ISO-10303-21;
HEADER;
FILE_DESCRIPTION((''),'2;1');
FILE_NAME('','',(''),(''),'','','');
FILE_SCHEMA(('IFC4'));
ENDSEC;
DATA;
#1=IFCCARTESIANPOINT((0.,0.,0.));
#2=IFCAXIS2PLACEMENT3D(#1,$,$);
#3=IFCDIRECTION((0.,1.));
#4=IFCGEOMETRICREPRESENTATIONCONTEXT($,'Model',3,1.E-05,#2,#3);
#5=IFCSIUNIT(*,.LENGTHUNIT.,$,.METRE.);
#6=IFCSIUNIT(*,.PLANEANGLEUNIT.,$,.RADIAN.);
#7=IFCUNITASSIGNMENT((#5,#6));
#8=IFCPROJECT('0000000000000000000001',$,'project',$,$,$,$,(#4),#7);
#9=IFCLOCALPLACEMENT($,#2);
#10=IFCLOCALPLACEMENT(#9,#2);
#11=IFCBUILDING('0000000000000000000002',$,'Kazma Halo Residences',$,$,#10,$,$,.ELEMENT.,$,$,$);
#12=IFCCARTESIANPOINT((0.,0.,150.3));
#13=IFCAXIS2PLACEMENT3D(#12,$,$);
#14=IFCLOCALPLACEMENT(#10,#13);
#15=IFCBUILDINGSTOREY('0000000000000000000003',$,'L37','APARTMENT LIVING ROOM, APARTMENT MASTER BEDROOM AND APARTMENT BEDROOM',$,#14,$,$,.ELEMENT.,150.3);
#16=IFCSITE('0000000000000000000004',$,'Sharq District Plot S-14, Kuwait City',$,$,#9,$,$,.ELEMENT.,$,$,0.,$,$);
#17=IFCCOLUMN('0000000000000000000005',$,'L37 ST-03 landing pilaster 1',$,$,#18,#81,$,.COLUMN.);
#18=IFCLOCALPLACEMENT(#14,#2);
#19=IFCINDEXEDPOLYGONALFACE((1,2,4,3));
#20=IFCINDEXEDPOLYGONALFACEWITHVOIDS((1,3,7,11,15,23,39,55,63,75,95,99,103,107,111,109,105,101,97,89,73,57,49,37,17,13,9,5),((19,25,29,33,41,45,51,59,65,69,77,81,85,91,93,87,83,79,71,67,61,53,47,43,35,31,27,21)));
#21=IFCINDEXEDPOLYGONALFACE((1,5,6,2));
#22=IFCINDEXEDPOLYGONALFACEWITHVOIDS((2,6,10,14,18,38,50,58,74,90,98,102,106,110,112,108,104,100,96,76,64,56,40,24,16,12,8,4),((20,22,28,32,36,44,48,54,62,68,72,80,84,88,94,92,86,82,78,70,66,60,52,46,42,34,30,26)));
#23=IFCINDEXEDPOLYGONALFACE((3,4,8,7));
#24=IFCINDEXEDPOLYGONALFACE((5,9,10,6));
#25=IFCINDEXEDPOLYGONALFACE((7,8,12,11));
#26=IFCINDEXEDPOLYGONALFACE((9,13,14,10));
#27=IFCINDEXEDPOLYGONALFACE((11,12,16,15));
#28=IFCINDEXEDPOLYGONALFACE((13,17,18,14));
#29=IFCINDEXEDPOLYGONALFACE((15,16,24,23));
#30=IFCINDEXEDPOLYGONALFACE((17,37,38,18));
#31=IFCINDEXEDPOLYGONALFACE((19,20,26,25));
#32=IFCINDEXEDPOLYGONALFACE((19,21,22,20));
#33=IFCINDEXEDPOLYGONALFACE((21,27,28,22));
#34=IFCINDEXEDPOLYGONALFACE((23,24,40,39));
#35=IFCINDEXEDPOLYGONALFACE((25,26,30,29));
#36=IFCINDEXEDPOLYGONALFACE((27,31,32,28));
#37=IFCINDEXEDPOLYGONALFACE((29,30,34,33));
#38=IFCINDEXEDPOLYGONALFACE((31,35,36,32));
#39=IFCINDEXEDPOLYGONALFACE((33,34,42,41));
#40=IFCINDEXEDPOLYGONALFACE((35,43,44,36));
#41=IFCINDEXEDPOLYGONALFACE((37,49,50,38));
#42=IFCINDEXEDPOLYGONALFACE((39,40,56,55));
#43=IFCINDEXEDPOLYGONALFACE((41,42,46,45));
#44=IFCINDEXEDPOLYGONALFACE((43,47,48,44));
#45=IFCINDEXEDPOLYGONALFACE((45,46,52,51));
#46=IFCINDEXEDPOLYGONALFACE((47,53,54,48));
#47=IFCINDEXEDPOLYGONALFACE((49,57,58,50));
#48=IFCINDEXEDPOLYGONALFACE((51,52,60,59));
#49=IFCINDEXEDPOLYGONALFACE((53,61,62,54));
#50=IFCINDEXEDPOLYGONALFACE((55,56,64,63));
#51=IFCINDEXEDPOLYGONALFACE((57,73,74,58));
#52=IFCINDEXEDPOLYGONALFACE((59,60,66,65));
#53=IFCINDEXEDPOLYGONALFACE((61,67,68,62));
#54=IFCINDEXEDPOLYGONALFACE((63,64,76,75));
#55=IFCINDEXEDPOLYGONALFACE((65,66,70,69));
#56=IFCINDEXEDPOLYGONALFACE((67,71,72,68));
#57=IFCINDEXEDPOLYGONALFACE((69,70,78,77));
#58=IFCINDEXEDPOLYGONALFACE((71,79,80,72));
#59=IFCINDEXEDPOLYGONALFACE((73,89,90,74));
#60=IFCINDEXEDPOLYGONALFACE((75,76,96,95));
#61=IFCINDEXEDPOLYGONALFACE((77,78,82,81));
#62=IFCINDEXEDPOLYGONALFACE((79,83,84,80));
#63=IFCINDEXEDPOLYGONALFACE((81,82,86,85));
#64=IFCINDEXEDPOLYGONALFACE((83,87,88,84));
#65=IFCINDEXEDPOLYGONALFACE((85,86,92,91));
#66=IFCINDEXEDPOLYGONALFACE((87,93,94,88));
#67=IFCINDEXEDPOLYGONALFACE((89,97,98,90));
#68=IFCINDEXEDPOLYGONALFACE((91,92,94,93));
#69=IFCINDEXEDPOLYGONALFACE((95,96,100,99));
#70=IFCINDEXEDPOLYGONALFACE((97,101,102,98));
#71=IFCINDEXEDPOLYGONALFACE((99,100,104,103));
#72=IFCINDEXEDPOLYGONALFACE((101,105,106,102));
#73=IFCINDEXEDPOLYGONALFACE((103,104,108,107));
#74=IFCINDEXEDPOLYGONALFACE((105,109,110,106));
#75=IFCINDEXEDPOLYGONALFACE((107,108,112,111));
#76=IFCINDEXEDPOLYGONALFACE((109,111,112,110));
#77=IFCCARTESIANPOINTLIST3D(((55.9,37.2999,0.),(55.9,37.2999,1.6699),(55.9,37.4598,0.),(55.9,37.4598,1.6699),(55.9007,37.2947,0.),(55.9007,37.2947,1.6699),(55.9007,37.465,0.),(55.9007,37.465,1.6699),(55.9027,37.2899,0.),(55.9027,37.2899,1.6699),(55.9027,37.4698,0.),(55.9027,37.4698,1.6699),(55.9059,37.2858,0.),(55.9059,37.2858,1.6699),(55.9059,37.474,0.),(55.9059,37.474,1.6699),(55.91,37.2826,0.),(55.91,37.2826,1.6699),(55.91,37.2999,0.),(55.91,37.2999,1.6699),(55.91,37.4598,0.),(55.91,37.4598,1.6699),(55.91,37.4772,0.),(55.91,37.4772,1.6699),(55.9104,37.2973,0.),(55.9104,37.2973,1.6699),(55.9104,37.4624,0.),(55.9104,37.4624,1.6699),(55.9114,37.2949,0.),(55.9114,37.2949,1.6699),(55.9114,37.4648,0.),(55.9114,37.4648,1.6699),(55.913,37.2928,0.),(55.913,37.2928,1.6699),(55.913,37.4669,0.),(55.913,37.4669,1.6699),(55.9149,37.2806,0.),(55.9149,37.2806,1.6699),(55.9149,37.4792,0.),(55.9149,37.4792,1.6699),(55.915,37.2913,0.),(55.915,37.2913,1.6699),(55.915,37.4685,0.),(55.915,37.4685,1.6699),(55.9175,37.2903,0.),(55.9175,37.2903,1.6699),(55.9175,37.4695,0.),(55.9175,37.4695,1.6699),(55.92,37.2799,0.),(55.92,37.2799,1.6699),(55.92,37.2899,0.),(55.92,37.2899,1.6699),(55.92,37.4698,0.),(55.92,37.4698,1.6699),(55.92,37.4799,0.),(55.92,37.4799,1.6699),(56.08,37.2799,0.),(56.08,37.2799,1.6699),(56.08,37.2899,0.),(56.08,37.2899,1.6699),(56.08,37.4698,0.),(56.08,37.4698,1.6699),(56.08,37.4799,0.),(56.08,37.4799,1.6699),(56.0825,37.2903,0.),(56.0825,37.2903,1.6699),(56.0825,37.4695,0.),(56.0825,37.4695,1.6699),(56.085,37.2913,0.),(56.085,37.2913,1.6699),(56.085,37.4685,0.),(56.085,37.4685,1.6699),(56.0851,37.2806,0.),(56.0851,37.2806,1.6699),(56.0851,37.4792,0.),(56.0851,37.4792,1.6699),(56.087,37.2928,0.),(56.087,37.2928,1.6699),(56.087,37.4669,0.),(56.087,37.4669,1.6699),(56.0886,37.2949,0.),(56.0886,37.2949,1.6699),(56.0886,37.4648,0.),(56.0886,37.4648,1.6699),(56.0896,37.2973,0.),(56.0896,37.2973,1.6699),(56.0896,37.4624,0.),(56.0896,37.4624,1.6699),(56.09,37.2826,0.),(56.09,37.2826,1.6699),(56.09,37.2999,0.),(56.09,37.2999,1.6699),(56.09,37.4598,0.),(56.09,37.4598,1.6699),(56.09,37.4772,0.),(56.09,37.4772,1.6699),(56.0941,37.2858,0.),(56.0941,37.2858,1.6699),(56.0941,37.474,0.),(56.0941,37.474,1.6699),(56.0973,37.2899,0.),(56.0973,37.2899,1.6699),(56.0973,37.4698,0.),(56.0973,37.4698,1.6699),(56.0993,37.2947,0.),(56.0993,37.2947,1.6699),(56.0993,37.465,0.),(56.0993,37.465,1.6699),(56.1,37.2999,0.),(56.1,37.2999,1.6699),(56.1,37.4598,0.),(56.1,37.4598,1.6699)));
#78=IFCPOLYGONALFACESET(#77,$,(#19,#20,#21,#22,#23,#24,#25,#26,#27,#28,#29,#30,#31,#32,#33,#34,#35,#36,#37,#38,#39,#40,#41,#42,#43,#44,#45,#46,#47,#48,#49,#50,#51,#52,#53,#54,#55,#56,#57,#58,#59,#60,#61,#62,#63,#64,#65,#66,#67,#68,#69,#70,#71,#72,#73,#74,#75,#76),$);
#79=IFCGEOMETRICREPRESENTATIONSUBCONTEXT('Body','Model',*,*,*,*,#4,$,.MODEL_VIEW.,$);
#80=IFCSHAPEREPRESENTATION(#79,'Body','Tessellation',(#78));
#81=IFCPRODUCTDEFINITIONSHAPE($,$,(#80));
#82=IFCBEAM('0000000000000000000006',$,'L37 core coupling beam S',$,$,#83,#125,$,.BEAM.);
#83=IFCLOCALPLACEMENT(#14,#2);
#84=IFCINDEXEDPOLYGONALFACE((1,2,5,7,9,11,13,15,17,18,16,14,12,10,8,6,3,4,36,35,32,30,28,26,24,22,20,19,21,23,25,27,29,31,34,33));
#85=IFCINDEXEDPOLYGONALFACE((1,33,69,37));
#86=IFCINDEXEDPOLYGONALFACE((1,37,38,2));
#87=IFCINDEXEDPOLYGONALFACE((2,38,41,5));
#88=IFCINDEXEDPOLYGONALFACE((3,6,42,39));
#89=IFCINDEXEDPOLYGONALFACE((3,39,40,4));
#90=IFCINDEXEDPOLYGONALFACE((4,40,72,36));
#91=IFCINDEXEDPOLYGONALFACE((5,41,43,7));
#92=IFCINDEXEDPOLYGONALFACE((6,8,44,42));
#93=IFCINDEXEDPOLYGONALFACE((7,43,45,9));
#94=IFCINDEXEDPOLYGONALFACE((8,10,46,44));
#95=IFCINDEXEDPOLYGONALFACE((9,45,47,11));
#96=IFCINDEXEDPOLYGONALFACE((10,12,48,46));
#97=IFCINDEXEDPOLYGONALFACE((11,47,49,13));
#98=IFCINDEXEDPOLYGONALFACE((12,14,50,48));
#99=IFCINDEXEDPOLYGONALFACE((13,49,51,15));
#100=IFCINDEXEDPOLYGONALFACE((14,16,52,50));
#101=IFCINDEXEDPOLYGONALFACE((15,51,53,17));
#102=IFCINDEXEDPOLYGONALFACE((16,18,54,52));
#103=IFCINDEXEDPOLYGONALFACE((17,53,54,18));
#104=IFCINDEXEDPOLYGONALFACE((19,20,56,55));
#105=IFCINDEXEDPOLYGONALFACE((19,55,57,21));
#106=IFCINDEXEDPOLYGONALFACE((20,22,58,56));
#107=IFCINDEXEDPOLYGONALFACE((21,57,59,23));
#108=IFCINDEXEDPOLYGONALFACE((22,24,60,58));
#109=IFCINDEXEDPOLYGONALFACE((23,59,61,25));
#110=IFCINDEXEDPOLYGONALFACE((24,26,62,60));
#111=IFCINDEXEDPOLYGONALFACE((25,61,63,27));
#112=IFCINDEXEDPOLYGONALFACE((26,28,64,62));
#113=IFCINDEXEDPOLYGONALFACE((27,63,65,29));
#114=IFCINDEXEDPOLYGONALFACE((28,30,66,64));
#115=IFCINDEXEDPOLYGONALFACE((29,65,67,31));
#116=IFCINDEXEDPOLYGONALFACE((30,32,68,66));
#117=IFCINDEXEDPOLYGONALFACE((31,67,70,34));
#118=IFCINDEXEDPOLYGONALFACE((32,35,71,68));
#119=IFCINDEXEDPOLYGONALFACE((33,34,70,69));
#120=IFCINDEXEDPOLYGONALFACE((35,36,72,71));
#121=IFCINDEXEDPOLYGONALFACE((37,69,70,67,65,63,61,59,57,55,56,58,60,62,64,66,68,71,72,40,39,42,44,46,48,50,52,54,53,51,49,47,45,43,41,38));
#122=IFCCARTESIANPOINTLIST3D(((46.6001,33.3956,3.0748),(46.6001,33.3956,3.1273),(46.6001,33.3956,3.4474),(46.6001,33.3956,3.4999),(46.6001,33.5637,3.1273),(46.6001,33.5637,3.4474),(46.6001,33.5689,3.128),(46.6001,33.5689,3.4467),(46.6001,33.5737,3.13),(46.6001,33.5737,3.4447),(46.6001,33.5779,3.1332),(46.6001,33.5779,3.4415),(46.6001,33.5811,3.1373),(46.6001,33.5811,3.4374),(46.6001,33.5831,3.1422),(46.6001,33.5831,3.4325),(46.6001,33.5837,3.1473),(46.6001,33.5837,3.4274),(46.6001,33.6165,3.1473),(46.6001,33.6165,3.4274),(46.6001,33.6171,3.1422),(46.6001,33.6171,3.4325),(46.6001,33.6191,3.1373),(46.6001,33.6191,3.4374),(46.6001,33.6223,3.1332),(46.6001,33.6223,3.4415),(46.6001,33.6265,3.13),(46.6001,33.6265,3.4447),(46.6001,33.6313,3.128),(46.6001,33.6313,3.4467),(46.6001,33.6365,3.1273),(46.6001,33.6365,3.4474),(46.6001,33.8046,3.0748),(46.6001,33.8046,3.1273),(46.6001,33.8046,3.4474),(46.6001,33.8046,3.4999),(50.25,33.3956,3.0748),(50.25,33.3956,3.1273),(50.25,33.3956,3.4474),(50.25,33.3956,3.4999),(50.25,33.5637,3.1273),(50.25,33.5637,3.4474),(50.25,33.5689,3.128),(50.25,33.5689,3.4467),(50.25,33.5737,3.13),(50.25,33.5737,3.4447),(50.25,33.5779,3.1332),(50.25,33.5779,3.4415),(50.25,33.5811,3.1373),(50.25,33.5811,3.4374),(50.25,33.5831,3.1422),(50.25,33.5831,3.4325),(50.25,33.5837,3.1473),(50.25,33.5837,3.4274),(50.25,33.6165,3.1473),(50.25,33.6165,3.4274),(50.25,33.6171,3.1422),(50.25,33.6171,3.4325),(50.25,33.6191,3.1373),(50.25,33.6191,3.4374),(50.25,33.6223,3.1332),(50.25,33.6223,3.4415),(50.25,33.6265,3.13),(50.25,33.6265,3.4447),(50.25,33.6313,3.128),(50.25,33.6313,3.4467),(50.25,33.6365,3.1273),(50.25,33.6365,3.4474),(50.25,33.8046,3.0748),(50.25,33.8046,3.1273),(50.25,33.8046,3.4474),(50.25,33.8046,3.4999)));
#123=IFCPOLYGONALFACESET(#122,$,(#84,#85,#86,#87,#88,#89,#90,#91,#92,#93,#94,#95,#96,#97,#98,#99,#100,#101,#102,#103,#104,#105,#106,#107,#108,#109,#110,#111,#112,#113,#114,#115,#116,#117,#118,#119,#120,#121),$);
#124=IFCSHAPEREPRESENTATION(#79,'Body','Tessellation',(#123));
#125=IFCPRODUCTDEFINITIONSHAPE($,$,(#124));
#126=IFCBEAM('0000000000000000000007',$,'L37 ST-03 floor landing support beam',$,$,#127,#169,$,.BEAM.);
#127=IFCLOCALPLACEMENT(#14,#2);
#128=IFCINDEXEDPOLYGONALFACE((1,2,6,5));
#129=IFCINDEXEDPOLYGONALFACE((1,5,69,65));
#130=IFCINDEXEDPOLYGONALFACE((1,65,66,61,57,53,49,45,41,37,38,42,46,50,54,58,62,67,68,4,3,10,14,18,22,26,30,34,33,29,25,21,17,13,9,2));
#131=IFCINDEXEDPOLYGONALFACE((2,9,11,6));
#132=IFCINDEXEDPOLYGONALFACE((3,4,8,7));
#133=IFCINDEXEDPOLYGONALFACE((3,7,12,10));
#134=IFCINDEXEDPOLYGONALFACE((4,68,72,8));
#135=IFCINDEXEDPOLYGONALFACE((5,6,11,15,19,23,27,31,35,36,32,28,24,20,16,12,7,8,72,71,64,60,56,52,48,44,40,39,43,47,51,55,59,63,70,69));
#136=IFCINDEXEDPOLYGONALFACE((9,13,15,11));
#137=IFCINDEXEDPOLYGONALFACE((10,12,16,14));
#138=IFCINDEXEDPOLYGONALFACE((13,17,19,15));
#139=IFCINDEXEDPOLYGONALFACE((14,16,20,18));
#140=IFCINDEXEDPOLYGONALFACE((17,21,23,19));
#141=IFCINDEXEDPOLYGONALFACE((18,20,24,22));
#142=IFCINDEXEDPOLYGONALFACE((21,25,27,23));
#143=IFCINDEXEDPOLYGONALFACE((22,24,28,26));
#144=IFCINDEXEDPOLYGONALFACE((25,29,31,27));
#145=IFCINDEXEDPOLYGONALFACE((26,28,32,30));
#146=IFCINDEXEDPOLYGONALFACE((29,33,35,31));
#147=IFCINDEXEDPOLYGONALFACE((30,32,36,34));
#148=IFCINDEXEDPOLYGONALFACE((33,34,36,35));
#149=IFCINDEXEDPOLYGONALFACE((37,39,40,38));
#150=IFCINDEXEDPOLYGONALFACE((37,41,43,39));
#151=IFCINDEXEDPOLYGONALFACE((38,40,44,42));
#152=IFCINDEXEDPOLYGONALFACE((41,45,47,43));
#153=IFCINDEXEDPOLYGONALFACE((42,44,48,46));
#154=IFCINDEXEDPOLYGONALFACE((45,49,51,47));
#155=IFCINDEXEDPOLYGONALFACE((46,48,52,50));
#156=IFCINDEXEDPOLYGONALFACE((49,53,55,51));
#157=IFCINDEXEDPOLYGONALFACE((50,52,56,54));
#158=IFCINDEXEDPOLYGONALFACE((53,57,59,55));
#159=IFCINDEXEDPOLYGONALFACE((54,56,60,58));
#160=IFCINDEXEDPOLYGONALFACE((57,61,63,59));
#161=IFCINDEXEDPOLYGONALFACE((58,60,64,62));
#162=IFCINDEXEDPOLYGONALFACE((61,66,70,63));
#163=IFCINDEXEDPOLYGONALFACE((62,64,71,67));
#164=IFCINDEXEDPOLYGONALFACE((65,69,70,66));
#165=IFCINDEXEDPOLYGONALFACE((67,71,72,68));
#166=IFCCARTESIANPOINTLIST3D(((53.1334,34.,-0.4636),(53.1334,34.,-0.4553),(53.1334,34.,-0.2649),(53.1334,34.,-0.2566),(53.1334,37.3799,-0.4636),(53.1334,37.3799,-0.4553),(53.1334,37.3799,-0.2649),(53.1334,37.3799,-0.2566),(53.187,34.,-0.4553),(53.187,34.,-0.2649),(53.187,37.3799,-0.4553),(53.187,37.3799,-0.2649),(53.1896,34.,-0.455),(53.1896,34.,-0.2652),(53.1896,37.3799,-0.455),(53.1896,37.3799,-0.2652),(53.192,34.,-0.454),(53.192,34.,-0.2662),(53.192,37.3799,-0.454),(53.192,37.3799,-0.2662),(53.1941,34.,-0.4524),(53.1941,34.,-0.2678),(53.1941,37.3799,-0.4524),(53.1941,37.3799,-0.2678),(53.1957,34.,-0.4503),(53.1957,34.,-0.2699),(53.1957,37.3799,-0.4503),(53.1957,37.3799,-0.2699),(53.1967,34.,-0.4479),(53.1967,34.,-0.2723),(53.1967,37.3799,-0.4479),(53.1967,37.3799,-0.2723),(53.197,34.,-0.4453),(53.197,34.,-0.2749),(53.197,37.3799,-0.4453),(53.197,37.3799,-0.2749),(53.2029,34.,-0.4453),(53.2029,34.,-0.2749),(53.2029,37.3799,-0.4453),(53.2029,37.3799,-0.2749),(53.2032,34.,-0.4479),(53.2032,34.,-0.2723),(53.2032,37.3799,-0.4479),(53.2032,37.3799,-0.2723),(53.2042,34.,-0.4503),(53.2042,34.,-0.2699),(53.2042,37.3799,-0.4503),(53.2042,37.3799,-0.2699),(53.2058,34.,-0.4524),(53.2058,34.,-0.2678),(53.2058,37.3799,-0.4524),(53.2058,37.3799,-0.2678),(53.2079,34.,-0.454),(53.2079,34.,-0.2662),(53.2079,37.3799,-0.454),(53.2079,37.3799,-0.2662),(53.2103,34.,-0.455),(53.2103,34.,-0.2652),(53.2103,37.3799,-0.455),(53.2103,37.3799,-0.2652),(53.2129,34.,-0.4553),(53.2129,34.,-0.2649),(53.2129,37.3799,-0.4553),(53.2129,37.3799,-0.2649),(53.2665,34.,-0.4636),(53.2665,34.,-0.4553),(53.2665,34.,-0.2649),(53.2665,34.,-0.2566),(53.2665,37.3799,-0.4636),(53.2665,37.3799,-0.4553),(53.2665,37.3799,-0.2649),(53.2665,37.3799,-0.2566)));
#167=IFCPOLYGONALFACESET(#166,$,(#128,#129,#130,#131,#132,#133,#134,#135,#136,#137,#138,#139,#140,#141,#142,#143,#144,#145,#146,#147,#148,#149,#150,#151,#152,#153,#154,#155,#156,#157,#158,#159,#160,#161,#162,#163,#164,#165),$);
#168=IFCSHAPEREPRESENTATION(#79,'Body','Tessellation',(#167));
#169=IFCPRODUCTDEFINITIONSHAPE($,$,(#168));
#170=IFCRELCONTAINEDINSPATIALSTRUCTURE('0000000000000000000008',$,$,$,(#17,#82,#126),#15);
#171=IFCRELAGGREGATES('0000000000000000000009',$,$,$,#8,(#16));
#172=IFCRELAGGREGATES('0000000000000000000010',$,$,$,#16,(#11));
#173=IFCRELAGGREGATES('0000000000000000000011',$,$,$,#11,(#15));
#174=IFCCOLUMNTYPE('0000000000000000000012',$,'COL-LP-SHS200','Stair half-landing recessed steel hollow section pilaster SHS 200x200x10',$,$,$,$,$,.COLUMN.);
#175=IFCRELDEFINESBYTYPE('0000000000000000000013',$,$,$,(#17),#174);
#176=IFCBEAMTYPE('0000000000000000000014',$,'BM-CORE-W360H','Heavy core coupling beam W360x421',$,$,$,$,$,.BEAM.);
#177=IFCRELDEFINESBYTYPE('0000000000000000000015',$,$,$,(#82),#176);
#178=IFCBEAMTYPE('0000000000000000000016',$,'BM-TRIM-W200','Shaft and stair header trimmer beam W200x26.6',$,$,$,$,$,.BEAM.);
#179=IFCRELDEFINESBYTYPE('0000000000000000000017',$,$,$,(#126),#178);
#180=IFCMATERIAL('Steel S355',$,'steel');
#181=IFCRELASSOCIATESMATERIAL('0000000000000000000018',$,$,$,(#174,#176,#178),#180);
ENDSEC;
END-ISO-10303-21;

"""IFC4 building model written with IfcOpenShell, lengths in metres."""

from ifc_helpers import new_model, si_unit, direction, frame, origin, origin_2d, place, context, subcontext, project, spatial, hollow_rectangle, i_section, extrude, material, material_profile, profile_set, type_object, element, save


model = new_model("IFC4")

# Units and contexts
model_context = context("Model", 3, precision=1e-05, world=origin(), true_north=direction((0.0, 1.0)))
body_context = subcontext(model_context, "Body", "Model", "MODEL_VIEW")
ifc_project = project(units=[si_unit("LENGTHUNIT", "METRE"), si_unit("PLANEANGLEUNIT", "RADIAN")], contexts=[model_context])

# Site, building, storey
site_placement = place(None, origin())
site = spatial("IfcSite", under=ifc_project, at=site_placement, Name="Sharq District Plot S-14, Kuwait City", CompositionType="ELEMENT", RefElevation=0.0)
building_placement = place(site_placement, origin())
building = spatial("IfcBuilding", under=site, at=building_placement, Name="Kazma Halo Residences", CompositionType="ELEMENT")
storey_placement = place(building_placement, frame((0.0, 0.0, 150.3)))
storey = spatial("IfcBuildingStorey", under=building, at=storey_placement, Name="L37", Description="APARTMENT LIVING ROOM, APARTMENT MASTER BEDROOM AND APARTMENT BEDROOM", CompositionType="ELEMENT", Elevation=150.3)

# Column
ifc_material_1 = material(Name="Steel S355", Category="steel")
ifc_material_profile_1 = material_profile(ifc_material_1, hollow_rectangle(XDim=0.2, YDim=0.2, WallThickness=0.01, InnerFilletRadius=0.01, OuterFilletRadius=0.02, at=origin_2d()), Name="SHS200x200x10")
ifc_profile_set_1 = profile_set([ifc_material_profile_1], Name="Steel S355")
column_type = type_object("IfcColumnType", Name="COL-LP-SHS200", Description="Stair half-landing recessed steel hollow section pilaster SHS 200x200x10", PredefinedType="COLUMN", material=ifc_profile_set_1)
column_placement = place(storey_placement, frame((56.0, 37.3799, 0.0), z_axis=(0.0, 0.0, 1.0), x_axis=(1.0, 0.0, 0.0)))
element("IfcColumn", 1, at=column_placement, inside=storey, type_object=column_type, Name="L37 ST-03 landing pilaster 1", PredefinedType="COLUMN", context=body_context, shape_type="SweptSolid", body=[
    extrude(hollow_rectangle(XDim=0.2, YDim=0.2, WallThickness=0.01, InnerFilletRadius=0.01, OuterFilletRadius=0.02, at=origin_2d()), origin(), (0.0, 0.0, 1.0), 1.6699),
])

# Beams
ifc_material_profile_2 = material_profile(ifc_material_1, i_section(OverallWidth=0.4089, OverallDepth=0.425, WebThickness=0.0327, FlangeThickness=0.0525, FilletRadius=0.02, at=origin_2d()), Name="W360x421")
ifc_profile_set_2 = profile_set([ifc_material_profile_2], Name="Steel S355")
beam_type_1 = type_object("IfcBeamType", Name="BM-CORE-W360H", Description="Heavy core coupling beam W360x421", PredefinedType="BEAM", material=ifc_profile_set_2)
beam_1_placement = place(storey_placement, frame((46.6001, 33.6001, 3.2874), z_axis=(1.0, 0.0, 0.0), x_axis=(0.0, 1.0, 0.0)))
element("IfcBeam", 2, at=beam_1_placement, inside=storey, type_object=beam_type_1, Name="L37 core coupling beam S", PredefinedType="BEAM", context=body_context, shape_type="SweptSolid", body=[
    extrude(i_section(OverallWidth=0.4089, OverallDepth=0.425, WebThickness=0.0327, FlangeThickness=0.0525, FilletRadius=0.02, at=origin_2d()), origin(), (0.0, 0.0, 1.0), 3.6499),
])
ifc_material_profile_3 = material_profile(ifc_material_1, i_section(OverallWidth=0.1331, OverallDepth=0.207, WebThickness=0.0059, FlangeThickness=0.0083, FilletRadius=0.01, at=origin_2d()), Name="W200x26.6")
ifc_profile_set_3 = profile_set([ifc_material_profile_3], Name="Steel S355")
beam_type_2 = type_object("IfcBeamType", Name="BM-TRIM-W200", Description="Shaft and stair header trimmer beam W200x26.6", PredefinedType="BEAM", material=ifc_profile_set_3)
beam_2_placement = place(storey_placement, frame((53.2, 34.0, -0.3601), z_axis=(0.0, 1.0, 0.0), x_axis=(-1.0, 0.0, 0.0)))
element("IfcBeam", 3, at=beam_2_placement, inside=storey, type_object=beam_type_2, Name="L37 ST-03 floor landing support beam", PredefinedType="BEAM", context=body_context, shape_type="SweptSolid", body=[
    extrude(i_section(OverallWidth=0.1331, OverallDepth=0.207, WebThickness=0.0059, FlangeThickness=0.0083, FilletRadius=0.01, at=origin_2d()), origin(), (0.0, 0.0, 1.0), 3.3799),
])

save(model, "model.ifc")
